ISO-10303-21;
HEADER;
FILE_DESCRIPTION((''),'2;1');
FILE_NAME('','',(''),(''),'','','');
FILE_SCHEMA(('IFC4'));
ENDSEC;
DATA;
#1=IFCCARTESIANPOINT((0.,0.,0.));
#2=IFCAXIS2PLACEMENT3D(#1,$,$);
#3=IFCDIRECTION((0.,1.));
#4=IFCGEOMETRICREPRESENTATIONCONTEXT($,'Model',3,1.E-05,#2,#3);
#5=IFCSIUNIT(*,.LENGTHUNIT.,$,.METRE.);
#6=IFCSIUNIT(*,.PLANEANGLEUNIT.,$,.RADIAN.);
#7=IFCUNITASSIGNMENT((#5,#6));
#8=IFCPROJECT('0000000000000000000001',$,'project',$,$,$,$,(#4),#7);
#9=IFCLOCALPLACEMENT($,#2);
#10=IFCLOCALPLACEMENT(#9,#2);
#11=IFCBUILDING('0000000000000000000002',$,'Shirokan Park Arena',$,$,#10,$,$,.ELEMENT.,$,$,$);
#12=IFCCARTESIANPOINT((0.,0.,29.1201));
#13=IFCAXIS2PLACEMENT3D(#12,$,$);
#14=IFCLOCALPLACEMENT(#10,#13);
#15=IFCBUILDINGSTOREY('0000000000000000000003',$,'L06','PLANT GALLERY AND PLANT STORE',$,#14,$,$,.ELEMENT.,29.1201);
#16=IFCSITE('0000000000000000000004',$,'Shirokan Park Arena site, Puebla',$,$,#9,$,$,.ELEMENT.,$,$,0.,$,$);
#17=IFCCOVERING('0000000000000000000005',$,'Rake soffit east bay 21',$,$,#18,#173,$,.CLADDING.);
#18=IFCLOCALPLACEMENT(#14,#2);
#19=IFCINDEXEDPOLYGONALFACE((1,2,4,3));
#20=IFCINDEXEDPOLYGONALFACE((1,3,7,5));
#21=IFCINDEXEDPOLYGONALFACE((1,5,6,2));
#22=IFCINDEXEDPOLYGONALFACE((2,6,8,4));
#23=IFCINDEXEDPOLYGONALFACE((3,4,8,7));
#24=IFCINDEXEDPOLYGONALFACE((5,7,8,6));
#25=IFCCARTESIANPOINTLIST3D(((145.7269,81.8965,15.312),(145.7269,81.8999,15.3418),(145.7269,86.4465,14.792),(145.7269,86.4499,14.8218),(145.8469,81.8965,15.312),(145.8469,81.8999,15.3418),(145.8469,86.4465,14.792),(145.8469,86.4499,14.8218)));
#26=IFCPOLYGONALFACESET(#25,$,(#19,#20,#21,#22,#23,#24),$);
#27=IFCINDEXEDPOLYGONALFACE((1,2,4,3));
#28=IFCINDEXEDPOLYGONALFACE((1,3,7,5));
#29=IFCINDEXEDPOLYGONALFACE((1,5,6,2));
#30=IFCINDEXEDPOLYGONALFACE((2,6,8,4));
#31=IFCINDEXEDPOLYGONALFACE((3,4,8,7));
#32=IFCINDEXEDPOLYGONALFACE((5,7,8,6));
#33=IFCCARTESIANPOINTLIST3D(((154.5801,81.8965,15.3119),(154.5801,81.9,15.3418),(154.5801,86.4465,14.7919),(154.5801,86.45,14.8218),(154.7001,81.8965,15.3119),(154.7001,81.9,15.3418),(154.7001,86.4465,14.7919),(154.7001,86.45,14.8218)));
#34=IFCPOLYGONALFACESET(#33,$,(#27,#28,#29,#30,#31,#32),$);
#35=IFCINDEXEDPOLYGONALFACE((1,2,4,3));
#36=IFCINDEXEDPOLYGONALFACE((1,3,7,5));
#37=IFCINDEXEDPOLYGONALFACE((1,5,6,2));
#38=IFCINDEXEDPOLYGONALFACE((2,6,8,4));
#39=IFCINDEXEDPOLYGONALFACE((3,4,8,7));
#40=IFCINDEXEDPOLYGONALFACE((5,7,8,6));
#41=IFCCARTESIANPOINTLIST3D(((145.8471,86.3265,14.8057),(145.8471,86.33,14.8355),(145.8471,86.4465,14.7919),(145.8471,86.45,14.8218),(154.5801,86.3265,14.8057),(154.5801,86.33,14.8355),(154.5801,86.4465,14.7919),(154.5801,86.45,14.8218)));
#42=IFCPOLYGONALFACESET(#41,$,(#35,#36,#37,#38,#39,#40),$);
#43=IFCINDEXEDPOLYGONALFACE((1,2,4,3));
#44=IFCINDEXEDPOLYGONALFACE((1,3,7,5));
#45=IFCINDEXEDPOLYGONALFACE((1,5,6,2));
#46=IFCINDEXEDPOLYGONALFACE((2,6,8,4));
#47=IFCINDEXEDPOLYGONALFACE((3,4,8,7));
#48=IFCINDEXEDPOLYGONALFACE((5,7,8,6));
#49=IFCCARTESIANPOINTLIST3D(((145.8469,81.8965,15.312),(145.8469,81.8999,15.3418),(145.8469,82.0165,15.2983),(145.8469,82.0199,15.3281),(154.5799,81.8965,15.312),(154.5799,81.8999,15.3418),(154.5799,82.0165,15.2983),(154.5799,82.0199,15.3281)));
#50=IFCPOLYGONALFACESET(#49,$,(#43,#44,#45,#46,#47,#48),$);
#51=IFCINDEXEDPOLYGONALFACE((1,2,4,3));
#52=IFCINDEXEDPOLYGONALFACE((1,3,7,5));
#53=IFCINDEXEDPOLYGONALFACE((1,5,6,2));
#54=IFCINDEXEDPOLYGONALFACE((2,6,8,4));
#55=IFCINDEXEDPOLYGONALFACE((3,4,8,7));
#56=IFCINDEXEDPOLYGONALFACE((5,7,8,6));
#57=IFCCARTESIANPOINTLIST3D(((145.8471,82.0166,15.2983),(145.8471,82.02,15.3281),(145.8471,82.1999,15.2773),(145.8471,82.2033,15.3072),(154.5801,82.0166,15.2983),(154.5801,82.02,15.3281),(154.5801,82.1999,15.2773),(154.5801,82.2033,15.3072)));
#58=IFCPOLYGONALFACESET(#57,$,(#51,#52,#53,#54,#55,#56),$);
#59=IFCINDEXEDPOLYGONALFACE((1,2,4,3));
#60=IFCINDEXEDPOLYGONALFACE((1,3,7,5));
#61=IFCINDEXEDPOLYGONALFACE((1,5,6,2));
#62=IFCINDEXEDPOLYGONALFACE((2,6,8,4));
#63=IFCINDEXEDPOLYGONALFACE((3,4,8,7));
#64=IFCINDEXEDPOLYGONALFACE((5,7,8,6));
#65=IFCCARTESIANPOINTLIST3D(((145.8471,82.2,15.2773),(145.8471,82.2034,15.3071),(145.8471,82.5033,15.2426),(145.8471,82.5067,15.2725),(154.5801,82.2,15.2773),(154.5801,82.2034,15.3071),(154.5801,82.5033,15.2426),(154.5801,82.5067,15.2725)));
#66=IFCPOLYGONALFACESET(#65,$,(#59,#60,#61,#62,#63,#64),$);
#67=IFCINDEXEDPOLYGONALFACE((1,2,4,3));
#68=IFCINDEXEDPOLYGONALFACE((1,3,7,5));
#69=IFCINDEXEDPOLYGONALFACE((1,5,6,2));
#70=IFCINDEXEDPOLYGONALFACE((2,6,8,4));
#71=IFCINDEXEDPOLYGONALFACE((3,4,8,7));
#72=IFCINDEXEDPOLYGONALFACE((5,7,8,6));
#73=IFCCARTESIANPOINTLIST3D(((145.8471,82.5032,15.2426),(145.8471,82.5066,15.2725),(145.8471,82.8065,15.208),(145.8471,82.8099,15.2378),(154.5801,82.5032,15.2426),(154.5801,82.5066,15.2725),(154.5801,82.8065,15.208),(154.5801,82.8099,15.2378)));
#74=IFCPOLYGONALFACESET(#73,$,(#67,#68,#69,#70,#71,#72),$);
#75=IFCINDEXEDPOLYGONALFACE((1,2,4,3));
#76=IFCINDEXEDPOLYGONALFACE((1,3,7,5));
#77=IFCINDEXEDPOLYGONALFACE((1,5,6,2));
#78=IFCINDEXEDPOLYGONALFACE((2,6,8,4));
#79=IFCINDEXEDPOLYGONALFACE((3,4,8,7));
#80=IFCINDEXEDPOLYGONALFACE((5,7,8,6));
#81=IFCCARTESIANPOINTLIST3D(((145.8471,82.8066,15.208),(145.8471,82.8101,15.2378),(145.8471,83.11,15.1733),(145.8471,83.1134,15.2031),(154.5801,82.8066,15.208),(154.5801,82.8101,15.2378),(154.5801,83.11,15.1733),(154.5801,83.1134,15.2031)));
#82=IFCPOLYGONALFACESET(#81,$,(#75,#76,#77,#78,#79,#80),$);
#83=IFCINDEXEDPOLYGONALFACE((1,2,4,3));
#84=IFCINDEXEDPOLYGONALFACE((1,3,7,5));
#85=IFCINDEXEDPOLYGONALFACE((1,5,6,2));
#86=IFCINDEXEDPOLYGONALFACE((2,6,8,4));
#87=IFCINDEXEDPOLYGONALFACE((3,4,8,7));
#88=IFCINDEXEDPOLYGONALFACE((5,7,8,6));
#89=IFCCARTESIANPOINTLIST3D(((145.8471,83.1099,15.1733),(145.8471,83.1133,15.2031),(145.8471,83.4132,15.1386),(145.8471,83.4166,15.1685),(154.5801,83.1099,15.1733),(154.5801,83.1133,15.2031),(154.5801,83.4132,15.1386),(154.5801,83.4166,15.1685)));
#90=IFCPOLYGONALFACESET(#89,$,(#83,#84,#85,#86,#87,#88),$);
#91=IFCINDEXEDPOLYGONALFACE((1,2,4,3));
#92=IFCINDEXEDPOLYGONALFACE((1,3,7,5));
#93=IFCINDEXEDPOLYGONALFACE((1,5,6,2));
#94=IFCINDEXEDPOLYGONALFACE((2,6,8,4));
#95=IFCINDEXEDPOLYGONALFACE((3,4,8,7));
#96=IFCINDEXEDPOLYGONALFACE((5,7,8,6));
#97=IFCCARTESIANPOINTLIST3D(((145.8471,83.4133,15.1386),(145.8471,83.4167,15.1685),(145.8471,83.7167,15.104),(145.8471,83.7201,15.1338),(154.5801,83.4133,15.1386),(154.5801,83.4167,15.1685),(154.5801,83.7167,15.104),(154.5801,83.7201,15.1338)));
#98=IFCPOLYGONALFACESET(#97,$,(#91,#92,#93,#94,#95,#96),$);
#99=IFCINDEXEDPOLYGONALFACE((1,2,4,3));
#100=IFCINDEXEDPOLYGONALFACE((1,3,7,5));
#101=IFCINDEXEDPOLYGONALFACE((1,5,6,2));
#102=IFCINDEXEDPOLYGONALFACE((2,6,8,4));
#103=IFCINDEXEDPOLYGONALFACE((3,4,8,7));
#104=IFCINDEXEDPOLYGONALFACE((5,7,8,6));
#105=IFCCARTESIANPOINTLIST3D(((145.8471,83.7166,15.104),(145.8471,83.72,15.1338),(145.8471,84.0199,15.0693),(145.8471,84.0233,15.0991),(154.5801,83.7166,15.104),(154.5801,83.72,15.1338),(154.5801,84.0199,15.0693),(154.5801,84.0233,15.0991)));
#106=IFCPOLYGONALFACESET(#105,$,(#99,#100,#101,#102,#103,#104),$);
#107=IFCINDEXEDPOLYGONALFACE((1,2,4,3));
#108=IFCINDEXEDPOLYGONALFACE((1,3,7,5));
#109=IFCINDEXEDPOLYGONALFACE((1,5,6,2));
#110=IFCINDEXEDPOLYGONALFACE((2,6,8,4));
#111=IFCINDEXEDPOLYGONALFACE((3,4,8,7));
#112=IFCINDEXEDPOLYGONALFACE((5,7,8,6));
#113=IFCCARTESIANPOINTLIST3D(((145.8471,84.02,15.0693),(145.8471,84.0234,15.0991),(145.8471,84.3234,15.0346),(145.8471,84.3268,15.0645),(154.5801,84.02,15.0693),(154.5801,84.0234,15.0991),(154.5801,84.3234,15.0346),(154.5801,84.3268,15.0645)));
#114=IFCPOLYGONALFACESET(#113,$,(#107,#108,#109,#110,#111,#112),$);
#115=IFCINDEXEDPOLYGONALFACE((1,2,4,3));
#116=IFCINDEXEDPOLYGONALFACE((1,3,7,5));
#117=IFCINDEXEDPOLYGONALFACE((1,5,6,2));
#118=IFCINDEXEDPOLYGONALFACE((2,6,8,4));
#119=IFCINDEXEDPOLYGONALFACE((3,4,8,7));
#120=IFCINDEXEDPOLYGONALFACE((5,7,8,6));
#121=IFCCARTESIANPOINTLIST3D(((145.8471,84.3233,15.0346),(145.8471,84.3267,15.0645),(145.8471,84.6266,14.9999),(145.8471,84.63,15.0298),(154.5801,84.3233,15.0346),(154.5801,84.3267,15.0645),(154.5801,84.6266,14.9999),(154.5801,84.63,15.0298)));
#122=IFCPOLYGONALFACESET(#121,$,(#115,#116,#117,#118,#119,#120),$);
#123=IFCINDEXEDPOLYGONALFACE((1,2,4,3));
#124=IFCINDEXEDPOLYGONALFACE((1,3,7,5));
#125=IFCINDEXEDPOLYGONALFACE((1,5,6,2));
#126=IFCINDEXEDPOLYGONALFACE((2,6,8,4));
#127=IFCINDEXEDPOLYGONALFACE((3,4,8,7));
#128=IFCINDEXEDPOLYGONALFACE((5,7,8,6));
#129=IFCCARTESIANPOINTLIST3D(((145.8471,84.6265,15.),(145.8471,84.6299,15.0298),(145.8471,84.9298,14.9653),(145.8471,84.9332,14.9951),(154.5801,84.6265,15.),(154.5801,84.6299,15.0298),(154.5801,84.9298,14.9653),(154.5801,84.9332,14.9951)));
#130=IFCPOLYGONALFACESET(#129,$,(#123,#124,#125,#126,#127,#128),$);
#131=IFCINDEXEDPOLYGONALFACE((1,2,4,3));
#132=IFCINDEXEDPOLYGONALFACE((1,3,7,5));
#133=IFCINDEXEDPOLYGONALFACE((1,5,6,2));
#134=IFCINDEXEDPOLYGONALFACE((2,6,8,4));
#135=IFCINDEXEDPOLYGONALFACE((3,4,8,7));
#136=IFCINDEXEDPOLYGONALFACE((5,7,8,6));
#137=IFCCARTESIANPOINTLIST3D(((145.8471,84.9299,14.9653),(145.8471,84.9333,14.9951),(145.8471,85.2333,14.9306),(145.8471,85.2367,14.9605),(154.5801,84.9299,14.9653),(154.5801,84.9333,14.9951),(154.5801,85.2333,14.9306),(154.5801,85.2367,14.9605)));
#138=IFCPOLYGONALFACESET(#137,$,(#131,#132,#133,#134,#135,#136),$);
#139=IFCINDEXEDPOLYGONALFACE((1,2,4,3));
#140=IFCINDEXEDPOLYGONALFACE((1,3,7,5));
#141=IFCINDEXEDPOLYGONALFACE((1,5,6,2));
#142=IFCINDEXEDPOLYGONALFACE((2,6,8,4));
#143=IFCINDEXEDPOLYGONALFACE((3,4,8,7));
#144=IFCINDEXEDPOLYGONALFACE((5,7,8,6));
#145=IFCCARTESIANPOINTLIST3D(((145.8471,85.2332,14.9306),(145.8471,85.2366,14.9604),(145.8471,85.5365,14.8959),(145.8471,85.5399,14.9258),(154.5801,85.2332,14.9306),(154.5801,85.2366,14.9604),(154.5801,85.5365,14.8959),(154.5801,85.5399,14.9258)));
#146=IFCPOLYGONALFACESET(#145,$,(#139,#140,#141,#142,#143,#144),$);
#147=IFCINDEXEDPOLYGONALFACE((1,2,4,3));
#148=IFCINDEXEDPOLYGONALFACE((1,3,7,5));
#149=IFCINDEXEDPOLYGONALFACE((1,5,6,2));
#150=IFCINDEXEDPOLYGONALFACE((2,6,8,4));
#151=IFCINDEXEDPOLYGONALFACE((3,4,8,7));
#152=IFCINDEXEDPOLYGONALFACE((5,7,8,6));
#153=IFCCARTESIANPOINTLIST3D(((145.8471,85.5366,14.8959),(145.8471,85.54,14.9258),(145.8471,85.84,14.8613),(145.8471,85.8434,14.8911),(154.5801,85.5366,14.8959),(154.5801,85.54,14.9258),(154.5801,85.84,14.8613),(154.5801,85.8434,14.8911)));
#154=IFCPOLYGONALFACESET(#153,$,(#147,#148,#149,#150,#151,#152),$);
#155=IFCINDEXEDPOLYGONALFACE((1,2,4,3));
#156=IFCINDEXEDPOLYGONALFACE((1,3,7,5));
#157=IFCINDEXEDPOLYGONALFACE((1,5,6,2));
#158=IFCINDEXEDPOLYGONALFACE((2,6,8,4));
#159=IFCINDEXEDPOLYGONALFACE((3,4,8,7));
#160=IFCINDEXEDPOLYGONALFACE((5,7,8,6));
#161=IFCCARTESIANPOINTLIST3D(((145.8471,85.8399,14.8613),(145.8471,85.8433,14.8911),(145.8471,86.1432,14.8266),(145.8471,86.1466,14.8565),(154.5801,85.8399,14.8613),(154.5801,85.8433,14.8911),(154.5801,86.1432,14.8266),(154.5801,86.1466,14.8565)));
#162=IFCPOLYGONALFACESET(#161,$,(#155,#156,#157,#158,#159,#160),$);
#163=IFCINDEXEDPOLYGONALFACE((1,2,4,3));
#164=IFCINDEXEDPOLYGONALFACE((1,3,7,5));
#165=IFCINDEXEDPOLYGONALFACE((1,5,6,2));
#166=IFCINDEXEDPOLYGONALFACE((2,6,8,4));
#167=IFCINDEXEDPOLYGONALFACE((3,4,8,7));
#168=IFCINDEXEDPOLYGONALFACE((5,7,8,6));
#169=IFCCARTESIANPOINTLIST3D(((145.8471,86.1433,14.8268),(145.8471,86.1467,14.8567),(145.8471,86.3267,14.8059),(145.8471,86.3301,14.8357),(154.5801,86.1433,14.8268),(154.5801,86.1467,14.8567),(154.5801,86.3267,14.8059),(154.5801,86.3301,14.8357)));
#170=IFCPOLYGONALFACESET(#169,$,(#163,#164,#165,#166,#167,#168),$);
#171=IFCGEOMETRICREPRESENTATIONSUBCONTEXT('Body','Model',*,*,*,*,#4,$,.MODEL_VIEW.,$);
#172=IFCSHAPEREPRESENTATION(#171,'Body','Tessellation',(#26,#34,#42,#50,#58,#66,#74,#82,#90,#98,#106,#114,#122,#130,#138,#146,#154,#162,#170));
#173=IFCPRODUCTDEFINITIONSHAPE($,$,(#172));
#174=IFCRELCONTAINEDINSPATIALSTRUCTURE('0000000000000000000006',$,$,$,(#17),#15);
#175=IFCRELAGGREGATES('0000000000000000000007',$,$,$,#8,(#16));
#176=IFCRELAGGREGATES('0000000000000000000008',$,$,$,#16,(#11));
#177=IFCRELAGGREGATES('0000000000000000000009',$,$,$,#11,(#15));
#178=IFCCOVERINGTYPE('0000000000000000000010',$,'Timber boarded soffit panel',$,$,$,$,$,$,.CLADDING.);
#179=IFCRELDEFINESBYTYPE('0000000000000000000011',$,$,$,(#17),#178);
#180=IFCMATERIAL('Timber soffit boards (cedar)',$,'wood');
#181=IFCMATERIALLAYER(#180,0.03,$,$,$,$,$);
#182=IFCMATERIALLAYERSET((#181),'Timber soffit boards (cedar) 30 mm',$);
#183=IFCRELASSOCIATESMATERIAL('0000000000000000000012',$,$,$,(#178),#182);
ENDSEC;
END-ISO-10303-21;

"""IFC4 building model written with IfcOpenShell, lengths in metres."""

from ifc_helpers import new_model, si_unit, direction, frame, origin, place, context, subcontext, project, spatial, polyline, outline, extrude, material, layer, layer_set, type_object, element, save


model = new_model("IFC4")

# Units and contexts
model_context = context("Model", 3, precision=1e-05, world=origin(), true_north=direction((0.0, 1.0)))
body_context = subcontext(model_context, "Body", "Model", "MODEL_VIEW")
ifc_project = project(units=[si_unit("LENGTHUNIT", "METRE"), si_unit("PLANEANGLEUNIT", "RADIAN")], contexts=[model_context])

# Site, building, storey
site_placement = place(None, origin())
site = spatial("IfcSite", under=ifc_project, at=site_placement, Name="Shirokan Park Arena site, Puebla", CompositionType="ELEMENT", RefElevation=0.0)
building_placement = place(site_placement, origin())
building = spatial("IfcBuilding", under=site, at=building_placement, Name="Shirokan Park Arena", CompositionType="ELEMENT")
storey_placement = place(building_placement, frame((0.0, 0.0, 29.1201)))
storey = spatial("IfcBuildingStorey", under=building, at=storey_placement, Name="L06", Description="PLANT GALLERY AND PLANT STORE", CompositionType="ELEMENT", Elevation=29.1201)

# Covering
ifc_material = material(Name="Timber soffit boards (cedar)", Category="wood")
ifc_layer = layer(ifc_material, 0.03)
ifc_layer_set = layer_set([ifc_layer], Name="Timber soffit boards (cedar) 30 mm")
covering_type = type_object("IfcCoveringType", Name="Timber boarded soffit panel", PredefinedType="CLADDING", material=ifc_layer_set)
covering_1_placement = place(storey_placement, origin())
element("IfcCovering", 1, at=covering_1_placement, inside=storey, type_object=covering_type, Name="Rake soffit east bay 21", PredefinedType="CLADDING", context=body_context, shape_type="SweptSolid", body=[
    extrude(outline(polyline([(0.0, 0.0), (0.12, 0.0), (0.12, -4.5796), (0.0, -4.5796), (0.0, 0.0)])), frame((145.8469, 81.8999, 15.3418), z_axis=(0.0, 0.113547, 0.993533), x_axis=(-1.0, 0.0, 0.0)), (0.0, 0.0, -1.0), 0.03),
    extrude(outline(polyline([(0.0, 0.0), (0.12, 0.0), (0.12, -4.5796), (0.0, -4.5796), (0.0, 0.0)])), frame((154.5801, 86.45, 14.8218), z_axis=(0.0, 0.113547, 0.993533), x_axis=(1.0, 0.0, 0.0)), (0.0, 0.0, -1.0), 0.03),
    extrude(outline(polyline([(0.0, 0.0), (0.1208, 0.0), (0.1208, -8.733), (0.0, -8.733), (0.0, 0.0)])), frame((154.5801, 86.45, 14.8218), z_axis=(0.0, 0.113512, 0.993537), x_axis=(0.0, -0.993537, 0.113512)), (0.0, 0.0, -1.0), 0.03),
    extrude(outline(polyline([(0.0, 0.0), (0.1208, 0.0), (0.1208, -8.733), (0.0, -8.733), (0.0, 0.0)])), frame((145.8469, 81.8999, 15.3418), z_axis=(0.0, 0.113512, 0.993537), x_axis=(0.0, 0.993537, -0.113512)), (0.0, 0.0, -1.0), 0.03),
    extrude(outline(polyline([(0.0, 0.0), (8.733, 0.0), (8.733, -0.1845), (0.0, -0.1845), (0.0, 0.0)])), frame((154.5801, 82.02, 15.3281), z_axis=(0.0, 0.113589, 0.993528), x_axis=(-1.0, 0.0, 0.0)), (0.0, 0.0, -1.0), 0.03),
    extrude(outline(polyline([(0.0, 0.0), (8.733, 0.0), (8.733, -0.3053), (0.0, -0.3053), (0.0, 0.0)])), frame((154.5801, 82.2034, 15.3071), z_axis=(0.0, 0.113523, 0.993535), x_axis=(-1.0, 0.0, 0.0)), (0.0, 0.0, -1.0), 0.03),
    extrude(outline(polyline([(0.0, 0.0), (8.733, 0.0), (8.733, -0.3053), (0.0, -0.3053), (0.0, 0.0)])), frame((154.5801, 82.5066, 15.2725), z_axis=(0.0, 0.113559, 0.993531), x_axis=(-1.0, 0.0, 0.0)), (0.0, 0.0, -1.0), 0.03),
    extrude(outline(polyline([(0.0, 0.0), (8.733, 0.0), (8.733, -0.3053), (0.0, -0.3053), (0.0, 0.0)])), frame((154.5801, 82.8101, 15.2378), z_axis=(0.0, 0.113559, 0.993531), x_axis=(-1.0, 0.0, 0.0)), (0.0, 0.0, -1.0), 0.03),
    extrude(outline(polyline([(0.0, 0.0), (8.733, 0.0), (8.733, -0.3053), (0.0, -0.3053), (0.0, 0.0)])), frame((154.5801, 83.1133, 15.2031), z_axis=(0.0, 0.113523, 0.993535), x_axis=(-1.0, 0.0, 0.0)), (0.0, 0.0, -1.0), 0.03),
    extrude(outline(polyline([(0.0, 0.0), (8.733, 0.0), (8.733, -0.3053), (0.0, -0.3053), (0.0, 0.0)])), frame((154.5801, 83.4167, 15.1685), z_axis=(0.0, 0.113559, 0.993531), x_axis=(-1.0, 0.0, 0.0)), (0.0, 0.0, -1.0), 0.03),
    extrude(outline(polyline([(0.0, 0.0), (8.733, 0.0), (8.733, -0.3053), (0.0, -0.3053), (0.0, 0.0)])), frame((154.5801, 83.72, 15.1338), z_axis=(0.0, 0.113559, 0.993531), x_axis=(-1.0, 0.0, 0.0)), (0.0, 0.0, -1.0), 0.03),
    extrude(outline(polyline([(0.0, 0.0), (8.733, 0.0), (8.733, -0.3053), (0.0, -0.3053), (0.0, 0.0)])), frame((154.5801, 84.0234, 15.0991), z_axis=(0.0, 0.113523, 0.993535), x_axis=(-1.0, 0.0, 0.0)), (0.0, 0.0, -1.0), 0.03),
    extrude(outline(polyline([(0.0, 0.0), (8.733, 0.0), (8.733, -0.3053), (0.0, -0.3053), (0.0, 0.0)])), frame((154.5801, 84.3267, 15.0645), z_axis=(0.0, 0.113559, 0.993531), x_axis=(-1.0, 0.0, 0.0)), (0.0, 0.0, -1.0), 0.03),
    extrude(outline(polyline([(0.0, 0.0), (8.733, 0.0), (8.733, -0.3053), (0.0, -0.3053), (0.0, 0.0)])), frame((154.5801, 84.6299, 15.0298), z_axis=(0.0, 0.113559, 0.993531), x_axis=(-1.0, 0.0, 0.0)), (0.0, 0.0, -1.0), 0.03),
    extrude(outline(polyline([(0.0, 0.0), (8.733, 0.0), (8.733, -0.3053), (0.0, -0.3053), (0.0, 0.0)])), frame((154.5801, 84.9333, 14.9951), z_axis=(0.0, 0.113523, 0.993535), x_axis=(-1.0, 0.0, 0.0)), (0.0, 0.0, -1.0), 0.03),
    extrude(outline(polyline([(0.0, 0.0), (8.733, 0.0), (8.733, -0.3053), (0.0, -0.3053), (0.0, 0.0)])), frame((154.5801, 85.2366, 14.9604), z_axis=(0.0, 0.113559, 0.993531), x_axis=(-1.0, 0.0, 0.0)), (0.0, 0.0, -1.0), 0.03),
    extrude(outline(polyline([(0.0, 0.0), (8.733, 0.0), (8.733, -0.3053), (0.0, -0.3053), (0.0, 0.0)])), frame((154.5801, 85.54, 14.9258), z_axis=(0.0, 0.113559, 0.993531), x_axis=(-1.0, 0.0, 0.0)), (0.0, 0.0, -1.0), 0.03),
    extrude(outline(polyline([(0.0, 0.0), (8.733, 0.0), (8.733, -0.3053), (0.0, -0.3053), (0.0, 0.0)])), frame((154.5801, 85.8433, 14.8911), z_axis=(0.0, 0.113523, 0.993535), x_axis=(-1.0, 0.0, 0.0)), (0.0, 0.0, -1.0), 0.03),
    extrude(outline(polyline([(0.0, 0.0), (0.1845, 0.0), (0.1845, -8.733), (0.0, -8.733), (0.0, 0.0)])), frame((154.5801, 86.3301, 14.8357), z_axis=(0.0, 0.113589, 0.993528), x_axis=(0.0, -0.993528, 0.113589)), (0.0, 0.0, -1.0), 0.03),
])

save(model, "model.ifc")
